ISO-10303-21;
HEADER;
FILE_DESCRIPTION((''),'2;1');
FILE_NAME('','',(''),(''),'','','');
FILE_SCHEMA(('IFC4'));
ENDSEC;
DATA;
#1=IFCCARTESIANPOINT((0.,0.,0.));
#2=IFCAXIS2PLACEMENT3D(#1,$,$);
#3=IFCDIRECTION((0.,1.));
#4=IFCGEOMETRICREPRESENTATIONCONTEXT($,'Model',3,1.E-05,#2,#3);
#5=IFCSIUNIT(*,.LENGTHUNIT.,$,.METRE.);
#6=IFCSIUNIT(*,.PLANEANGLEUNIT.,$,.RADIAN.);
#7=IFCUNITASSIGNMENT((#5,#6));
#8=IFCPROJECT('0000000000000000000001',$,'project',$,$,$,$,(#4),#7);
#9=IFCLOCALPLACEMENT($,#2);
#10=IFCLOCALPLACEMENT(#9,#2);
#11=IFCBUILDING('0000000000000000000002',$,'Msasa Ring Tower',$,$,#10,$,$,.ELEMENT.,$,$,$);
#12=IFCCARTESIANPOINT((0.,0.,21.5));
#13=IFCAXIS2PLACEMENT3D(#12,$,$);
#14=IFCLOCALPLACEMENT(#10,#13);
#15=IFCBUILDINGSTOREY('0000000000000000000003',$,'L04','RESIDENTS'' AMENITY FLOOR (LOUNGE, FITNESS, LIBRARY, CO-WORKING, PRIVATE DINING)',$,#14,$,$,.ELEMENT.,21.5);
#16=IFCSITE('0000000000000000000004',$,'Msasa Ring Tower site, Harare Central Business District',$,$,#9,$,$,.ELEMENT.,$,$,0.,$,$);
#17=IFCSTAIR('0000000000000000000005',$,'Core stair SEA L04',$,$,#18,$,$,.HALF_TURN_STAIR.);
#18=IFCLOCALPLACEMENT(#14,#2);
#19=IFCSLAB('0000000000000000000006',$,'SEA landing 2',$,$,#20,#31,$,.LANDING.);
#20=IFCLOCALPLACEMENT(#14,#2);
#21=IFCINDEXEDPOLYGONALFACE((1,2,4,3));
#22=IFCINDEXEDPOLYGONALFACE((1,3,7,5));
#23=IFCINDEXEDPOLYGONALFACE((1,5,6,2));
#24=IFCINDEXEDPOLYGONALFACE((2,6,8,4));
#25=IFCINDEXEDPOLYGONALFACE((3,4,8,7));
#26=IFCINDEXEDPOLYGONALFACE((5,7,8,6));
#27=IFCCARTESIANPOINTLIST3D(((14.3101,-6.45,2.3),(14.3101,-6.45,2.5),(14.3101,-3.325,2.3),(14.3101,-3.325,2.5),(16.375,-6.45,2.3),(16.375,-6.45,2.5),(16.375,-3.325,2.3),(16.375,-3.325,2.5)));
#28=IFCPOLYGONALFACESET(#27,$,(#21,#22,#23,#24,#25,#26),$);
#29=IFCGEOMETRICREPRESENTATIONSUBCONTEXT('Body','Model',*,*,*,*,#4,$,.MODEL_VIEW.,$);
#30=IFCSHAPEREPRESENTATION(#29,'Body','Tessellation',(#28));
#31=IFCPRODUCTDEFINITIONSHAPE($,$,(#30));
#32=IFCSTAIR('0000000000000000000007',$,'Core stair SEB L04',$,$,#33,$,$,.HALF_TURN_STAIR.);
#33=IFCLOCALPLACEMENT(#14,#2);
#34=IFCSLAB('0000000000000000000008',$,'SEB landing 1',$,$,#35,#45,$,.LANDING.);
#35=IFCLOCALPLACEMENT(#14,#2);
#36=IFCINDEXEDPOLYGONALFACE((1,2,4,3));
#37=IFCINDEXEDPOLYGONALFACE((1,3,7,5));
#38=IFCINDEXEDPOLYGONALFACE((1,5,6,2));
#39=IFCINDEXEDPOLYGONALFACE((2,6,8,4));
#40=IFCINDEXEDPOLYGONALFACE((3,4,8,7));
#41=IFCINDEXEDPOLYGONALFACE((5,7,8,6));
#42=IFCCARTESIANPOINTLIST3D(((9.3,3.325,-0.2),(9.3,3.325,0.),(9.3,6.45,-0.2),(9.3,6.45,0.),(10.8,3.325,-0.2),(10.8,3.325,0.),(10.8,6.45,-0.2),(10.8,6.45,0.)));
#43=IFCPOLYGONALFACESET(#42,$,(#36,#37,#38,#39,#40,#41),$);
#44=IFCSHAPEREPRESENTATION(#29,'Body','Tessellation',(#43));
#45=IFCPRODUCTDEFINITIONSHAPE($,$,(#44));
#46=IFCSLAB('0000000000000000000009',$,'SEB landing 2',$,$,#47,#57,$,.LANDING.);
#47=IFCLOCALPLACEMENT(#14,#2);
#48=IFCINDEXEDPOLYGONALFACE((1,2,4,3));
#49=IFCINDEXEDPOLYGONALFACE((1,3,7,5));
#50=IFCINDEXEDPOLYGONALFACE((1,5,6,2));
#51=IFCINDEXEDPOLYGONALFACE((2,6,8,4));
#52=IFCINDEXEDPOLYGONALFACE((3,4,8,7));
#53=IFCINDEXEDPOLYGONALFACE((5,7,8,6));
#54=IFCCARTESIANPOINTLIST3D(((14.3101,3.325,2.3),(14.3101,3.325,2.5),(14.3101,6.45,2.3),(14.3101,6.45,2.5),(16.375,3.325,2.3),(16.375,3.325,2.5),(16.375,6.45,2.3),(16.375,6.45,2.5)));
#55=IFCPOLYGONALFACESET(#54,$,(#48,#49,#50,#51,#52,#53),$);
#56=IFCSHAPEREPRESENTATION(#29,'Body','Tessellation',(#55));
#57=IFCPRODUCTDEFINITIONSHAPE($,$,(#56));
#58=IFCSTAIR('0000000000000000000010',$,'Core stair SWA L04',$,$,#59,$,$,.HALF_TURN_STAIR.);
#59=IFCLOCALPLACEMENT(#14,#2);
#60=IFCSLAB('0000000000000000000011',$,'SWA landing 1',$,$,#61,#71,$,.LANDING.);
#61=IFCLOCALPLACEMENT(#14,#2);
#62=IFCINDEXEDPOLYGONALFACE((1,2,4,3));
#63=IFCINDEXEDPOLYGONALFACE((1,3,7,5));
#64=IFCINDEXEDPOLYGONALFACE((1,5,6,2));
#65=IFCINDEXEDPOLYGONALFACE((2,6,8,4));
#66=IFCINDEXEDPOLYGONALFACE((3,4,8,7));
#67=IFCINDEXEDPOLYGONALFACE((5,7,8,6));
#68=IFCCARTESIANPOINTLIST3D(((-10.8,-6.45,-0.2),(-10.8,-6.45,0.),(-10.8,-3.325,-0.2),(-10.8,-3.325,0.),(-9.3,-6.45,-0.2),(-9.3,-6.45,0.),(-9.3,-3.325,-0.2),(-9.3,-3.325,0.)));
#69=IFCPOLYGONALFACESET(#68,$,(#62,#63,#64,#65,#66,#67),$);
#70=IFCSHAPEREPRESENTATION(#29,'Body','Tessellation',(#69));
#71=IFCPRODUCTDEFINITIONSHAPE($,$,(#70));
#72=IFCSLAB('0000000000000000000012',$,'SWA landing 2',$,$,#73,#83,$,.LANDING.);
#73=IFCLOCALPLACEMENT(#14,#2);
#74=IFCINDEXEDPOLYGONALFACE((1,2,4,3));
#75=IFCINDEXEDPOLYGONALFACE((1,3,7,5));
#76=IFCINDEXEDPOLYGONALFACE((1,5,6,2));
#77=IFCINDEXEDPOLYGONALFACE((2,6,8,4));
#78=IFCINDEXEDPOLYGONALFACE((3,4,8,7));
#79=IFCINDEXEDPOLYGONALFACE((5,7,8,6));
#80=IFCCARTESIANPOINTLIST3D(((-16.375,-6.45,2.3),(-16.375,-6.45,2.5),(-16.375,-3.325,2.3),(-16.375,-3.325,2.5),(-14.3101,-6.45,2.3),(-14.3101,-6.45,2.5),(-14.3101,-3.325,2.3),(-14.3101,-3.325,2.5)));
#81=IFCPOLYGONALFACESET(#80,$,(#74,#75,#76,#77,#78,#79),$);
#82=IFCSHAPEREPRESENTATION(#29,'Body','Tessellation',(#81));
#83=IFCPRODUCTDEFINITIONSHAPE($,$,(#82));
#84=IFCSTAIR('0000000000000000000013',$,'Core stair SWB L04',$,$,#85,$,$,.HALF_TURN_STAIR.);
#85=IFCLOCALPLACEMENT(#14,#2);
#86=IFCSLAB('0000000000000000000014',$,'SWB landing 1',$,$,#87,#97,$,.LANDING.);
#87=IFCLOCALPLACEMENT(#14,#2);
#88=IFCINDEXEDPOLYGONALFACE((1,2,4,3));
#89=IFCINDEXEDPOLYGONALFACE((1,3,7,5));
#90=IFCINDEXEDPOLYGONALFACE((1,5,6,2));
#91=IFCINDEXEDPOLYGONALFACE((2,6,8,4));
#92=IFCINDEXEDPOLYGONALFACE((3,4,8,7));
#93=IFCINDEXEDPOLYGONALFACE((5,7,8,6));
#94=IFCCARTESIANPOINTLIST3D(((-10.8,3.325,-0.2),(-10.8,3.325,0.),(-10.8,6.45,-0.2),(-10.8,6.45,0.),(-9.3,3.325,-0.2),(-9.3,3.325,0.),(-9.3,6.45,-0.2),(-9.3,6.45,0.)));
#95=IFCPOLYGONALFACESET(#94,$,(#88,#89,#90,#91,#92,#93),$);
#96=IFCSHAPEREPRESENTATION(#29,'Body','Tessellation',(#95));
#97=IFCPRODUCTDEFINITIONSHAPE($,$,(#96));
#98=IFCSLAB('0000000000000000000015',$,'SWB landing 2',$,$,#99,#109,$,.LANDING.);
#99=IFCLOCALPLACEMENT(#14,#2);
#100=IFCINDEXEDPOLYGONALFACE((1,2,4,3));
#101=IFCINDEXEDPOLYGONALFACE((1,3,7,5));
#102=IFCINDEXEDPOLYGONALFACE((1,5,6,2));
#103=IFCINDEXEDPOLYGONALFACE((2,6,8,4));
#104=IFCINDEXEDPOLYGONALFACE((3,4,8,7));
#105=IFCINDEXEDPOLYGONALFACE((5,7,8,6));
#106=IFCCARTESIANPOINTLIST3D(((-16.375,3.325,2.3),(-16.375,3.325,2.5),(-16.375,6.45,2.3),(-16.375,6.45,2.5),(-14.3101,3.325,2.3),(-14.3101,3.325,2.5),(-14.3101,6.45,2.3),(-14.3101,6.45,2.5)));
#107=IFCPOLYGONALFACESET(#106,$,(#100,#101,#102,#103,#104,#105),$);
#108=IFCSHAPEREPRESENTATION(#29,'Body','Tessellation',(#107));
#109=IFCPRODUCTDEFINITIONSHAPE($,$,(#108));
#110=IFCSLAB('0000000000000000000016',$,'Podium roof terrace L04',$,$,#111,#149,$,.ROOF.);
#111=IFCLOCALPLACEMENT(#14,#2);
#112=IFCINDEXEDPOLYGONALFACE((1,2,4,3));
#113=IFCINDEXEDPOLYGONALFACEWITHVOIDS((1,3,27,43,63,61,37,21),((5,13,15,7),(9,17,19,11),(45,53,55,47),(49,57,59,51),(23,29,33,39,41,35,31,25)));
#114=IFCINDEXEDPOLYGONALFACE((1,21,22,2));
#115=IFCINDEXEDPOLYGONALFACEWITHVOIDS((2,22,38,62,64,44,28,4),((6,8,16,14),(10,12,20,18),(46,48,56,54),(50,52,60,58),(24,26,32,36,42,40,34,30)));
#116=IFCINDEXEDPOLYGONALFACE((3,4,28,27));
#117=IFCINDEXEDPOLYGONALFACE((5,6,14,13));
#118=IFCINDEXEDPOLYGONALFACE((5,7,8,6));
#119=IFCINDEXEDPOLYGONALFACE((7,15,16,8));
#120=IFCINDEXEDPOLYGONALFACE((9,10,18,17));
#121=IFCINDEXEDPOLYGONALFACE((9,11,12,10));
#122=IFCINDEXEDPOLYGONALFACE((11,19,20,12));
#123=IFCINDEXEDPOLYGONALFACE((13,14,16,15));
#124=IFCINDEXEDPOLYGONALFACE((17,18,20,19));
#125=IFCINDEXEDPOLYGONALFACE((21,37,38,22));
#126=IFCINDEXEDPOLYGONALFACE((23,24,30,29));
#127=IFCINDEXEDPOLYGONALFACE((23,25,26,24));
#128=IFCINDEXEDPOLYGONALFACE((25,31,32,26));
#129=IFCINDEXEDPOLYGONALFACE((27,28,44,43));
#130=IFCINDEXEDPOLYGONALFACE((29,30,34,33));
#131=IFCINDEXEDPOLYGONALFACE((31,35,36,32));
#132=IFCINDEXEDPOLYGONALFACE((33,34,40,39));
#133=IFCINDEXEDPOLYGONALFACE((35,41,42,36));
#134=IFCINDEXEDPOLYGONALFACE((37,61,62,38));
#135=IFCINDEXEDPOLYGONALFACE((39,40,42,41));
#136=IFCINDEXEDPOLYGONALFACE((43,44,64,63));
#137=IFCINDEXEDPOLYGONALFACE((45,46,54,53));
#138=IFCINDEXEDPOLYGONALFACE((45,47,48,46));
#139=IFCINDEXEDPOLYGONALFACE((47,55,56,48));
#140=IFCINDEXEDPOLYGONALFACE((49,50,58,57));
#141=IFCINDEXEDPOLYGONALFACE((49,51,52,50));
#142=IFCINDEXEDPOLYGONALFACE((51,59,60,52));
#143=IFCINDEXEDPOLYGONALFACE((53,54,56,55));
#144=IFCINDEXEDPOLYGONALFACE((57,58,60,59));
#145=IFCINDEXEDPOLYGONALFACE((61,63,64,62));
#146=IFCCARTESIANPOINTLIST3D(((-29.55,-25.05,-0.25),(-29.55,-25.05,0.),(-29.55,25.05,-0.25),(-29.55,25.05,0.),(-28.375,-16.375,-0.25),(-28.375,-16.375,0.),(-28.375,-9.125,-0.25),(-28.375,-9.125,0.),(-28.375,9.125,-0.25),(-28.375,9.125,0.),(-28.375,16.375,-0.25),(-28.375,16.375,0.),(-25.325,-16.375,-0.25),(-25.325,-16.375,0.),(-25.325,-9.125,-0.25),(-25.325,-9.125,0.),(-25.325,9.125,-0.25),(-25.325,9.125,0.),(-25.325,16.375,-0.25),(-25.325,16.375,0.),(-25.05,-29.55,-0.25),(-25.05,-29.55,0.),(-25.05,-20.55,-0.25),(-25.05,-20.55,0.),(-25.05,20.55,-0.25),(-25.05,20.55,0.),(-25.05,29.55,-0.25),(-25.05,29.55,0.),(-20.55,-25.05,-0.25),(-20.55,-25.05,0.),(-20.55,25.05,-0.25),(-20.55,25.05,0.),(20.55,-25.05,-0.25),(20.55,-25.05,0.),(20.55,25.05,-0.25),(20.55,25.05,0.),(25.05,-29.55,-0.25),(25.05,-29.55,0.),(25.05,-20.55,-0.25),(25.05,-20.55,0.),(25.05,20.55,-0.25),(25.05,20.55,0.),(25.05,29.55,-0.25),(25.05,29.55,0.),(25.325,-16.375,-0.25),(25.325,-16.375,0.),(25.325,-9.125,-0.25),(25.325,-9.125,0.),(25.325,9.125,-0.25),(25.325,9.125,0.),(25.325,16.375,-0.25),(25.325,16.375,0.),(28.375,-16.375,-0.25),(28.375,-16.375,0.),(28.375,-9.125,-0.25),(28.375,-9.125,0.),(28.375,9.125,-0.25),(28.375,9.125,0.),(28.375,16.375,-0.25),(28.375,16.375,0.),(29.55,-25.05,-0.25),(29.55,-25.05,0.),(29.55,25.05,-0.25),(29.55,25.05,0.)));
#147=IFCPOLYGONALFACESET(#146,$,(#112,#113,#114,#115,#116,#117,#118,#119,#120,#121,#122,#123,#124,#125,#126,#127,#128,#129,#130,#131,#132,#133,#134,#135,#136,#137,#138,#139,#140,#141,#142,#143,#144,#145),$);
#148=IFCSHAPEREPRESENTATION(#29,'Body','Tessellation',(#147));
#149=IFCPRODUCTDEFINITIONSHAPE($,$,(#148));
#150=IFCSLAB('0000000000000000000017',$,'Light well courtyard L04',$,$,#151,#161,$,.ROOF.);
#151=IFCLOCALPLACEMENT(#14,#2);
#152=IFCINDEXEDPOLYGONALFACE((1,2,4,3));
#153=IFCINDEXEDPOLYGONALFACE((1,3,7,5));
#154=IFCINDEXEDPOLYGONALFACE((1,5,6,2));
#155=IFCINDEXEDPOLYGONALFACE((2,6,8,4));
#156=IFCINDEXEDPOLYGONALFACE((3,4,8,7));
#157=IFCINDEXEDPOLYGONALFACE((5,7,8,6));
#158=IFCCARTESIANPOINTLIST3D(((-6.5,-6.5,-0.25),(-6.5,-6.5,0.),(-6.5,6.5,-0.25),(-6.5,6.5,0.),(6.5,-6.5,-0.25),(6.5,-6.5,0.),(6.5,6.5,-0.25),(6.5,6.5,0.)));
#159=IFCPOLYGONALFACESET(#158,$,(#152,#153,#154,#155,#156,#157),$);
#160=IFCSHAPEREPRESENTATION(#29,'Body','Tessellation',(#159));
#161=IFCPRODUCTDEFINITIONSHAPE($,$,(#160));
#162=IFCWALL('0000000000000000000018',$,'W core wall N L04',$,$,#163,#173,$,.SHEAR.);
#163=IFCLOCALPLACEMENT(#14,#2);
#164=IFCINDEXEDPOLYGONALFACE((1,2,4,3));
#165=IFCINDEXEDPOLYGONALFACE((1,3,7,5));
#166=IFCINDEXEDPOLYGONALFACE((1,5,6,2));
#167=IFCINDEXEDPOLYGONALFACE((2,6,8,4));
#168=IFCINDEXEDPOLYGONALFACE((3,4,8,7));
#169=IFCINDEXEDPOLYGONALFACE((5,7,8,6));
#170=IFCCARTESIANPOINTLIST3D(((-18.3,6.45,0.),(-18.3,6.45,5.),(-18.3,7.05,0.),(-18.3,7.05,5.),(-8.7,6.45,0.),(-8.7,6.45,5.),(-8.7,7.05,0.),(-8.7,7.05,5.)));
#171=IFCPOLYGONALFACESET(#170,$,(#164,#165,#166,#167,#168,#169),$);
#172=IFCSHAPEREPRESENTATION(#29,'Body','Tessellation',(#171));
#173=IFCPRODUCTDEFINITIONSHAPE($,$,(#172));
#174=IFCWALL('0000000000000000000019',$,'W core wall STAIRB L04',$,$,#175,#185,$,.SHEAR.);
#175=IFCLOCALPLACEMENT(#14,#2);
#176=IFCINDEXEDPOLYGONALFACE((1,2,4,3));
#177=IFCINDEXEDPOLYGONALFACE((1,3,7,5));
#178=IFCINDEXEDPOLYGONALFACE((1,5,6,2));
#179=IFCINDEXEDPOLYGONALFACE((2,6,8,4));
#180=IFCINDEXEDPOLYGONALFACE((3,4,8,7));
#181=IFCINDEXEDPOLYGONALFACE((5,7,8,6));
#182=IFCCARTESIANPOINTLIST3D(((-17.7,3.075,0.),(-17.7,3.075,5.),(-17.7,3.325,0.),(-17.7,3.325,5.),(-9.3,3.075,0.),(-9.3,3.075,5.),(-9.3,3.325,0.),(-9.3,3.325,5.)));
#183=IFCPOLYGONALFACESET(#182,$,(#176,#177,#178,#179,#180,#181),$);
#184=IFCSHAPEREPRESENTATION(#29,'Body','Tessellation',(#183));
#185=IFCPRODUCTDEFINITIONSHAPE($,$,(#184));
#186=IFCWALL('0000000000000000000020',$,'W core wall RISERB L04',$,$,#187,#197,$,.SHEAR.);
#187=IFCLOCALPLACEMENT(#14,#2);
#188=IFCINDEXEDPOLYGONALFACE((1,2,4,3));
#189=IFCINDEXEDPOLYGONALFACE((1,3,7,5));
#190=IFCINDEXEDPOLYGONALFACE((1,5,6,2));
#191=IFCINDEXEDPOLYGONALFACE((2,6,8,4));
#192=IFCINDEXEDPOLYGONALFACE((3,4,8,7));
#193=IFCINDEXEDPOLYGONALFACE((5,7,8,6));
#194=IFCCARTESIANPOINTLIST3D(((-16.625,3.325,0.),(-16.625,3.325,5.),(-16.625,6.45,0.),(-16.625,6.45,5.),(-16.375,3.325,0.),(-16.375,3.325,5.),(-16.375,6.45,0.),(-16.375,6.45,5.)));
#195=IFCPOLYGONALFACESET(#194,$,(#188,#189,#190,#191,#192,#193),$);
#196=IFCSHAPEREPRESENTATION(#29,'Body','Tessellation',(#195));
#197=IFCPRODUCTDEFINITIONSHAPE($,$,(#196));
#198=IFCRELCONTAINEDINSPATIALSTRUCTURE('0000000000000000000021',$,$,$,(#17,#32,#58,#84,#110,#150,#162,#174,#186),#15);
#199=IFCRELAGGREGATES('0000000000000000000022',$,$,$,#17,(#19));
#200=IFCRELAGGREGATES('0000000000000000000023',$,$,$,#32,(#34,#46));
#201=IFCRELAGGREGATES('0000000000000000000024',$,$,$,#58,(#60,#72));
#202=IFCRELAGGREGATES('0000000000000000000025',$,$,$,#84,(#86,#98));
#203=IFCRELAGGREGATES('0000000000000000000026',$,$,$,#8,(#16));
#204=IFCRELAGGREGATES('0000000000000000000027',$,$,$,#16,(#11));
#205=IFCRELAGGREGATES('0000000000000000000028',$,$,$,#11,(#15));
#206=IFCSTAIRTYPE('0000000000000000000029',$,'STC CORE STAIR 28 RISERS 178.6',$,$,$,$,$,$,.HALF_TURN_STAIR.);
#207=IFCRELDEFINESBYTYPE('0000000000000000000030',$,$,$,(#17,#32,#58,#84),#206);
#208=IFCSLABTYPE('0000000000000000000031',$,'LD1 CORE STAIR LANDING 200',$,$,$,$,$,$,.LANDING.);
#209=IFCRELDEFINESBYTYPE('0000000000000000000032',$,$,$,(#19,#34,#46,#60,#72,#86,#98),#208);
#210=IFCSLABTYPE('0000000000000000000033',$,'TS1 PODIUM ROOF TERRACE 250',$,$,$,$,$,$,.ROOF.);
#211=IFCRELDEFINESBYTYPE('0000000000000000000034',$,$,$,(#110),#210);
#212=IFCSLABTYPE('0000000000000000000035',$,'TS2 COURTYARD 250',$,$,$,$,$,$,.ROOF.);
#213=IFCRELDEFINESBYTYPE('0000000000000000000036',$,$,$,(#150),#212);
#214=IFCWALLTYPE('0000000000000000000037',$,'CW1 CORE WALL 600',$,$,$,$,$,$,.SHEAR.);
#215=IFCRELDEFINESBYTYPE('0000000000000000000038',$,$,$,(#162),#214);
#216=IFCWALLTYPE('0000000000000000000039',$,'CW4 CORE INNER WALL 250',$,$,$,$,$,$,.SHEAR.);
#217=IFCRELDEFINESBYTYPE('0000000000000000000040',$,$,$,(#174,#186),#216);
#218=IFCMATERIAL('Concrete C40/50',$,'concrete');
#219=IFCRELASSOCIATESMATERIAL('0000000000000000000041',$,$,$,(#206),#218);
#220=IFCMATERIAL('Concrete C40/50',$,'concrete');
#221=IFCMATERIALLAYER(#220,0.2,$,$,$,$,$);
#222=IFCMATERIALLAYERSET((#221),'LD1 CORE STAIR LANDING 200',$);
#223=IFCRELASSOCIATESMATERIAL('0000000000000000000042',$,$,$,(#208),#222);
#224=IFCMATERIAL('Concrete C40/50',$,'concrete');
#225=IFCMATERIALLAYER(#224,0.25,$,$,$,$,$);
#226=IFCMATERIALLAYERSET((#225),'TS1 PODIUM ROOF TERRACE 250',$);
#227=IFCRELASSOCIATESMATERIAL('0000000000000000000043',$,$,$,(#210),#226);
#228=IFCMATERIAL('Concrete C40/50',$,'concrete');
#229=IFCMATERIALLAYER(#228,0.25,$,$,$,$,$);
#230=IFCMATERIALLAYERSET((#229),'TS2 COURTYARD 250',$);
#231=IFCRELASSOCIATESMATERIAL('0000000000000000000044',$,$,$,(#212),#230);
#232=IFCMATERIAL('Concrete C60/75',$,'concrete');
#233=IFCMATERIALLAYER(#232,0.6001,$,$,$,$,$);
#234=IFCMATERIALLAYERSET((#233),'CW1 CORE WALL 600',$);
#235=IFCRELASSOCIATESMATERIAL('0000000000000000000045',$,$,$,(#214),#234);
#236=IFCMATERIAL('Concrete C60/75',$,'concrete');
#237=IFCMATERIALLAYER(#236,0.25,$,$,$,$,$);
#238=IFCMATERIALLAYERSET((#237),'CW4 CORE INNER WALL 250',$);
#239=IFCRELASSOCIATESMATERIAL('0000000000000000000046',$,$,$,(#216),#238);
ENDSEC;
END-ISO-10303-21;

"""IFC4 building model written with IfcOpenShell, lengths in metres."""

from ifc_helpers import new_model, si_unit, direction, frame, frame_2d, origin, place, context, subcontext, project, spatial, polyline, rectangle, outline, extrude, material, layer, layer_set, type_object, element, aggregate, save


model = new_model("IFC4")

# Units and contexts
model_context = context("Model", 3, precision=1e-05, world=origin(), true_north=direction((0.0, 1.0)))
body_context = subcontext(model_context, "Body", "Model", "MODEL_VIEW")
ifc_project = project(units=[si_unit("LENGTHUNIT", "METRE"), si_unit("PLANEANGLEUNIT", "RADIAN")], contexts=[model_context])

# Site, building, storey
site_placement = place(None, origin())
site = spatial("IfcSite", under=ifc_project, at=site_placement, Name="Msasa Ring Tower site, Harare Central Business District", CompositionType="ELEMENT", RefElevation=0.0)
building_placement = place(site_placement, origin())
building = spatial("IfcBuilding", under=site, at=building_placement, Name="Msasa Ring Tower", CompositionType="ELEMENT")
storey_placement = place(building_placement, frame((0.0, 0.0, 21.5)))
storey = spatial("IfcBuildingStorey", under=building, at=storey_placement, Name="L04", Description="RESIDENTS' AMENITY FLOOR (LOUNGE, FITNESS, LIBRARY, CO-WORKING, PRIVATE DINING)", CompositionType="ELEMENT", Elevation=21.5)

# Stairs, slabs
ifc_material_1 = material(Name="Concrete C40/50", Category="concrete")
stair_type = type_object("IfcStairType", Name="STC CORE STAIR 28 RISERS 178.6", PredefinedType="HALF_TURN_STAIR", material=ifc_material_1)
stair_1_placement = place(storey_placement, origin())
stair_1 = element("IfcStair", 1, at=stair_1_placement, inside=storey, type_object=stair_type, Name="Core stair SEA L04", PredefinedType="HALF_TURN_STAIR")
ifc_material_2 = material(Name="Concrete C40/50", Category="concrete")
ifc_layer_1 = layer(ifc_material_2, 0.2)
ifc_layer_set_1 = layer_set([ifc_layer_1], Name="LD1 CORE STAIR LANDING 200")
slab_type_1 = type_object("IfcSlabType", Name="LD1 CORE STAIR LANDING 200", PredefinedType="LANDING", material=ifc_layer_set_1)
slab_1_placement = place(storey_placement, frame((0.0, 0.0, 2.3)))
slab_1 = element("IfcSlab", 2, at=slab_1_placement, type_object=slab_type_1, Name="SEA landing 2", PredefinedType="LANDING", context=body_context, shape_type="SweptSolid", body=[
    extrude(outline(polyline([(14.3101, -6.45), (16.375, -6.45), (16.375, -3.325), (14.3101, -3.325), (14.3101, -6.45)])), origin(), (0.0, 0.0, 1.0), 0.2),
])
aggregate(stair_1, [slab_1])
stair_2_placement = place(storey_placement, origin())
stair_2 = element("IfcStair", 3, at=stair_2_placement, inside=storey, type_object=stair_type, Name="Core stair SEB L04", PredefinedType="HALF_TURN_STAIR")
slab_2_placement = place(storey_placement, frame((0.0, 0.0, -0.2)))
slab_2 = element("IfcSlab", 4, at=slab_2_placement, type_object=slab_type_1, Name="SEB landing 1", PredefinedType="LANDING", context=body_context, shape_type="SweptSolid", body=[
    extrude(outline(polyline([(9.3, 3.325), (10.8, 3.325), (10.8, 6.45), (9.3, 6.45), (9.3, 3.325)])), origin(), (0.0, 0.0, 1.0), 0.2),
])
slab_3_placement = place(storey_placement, frame((0.0, 0.0, 2.3)))
slab_3 = element("IfcSlab", 5, at=slab_3_placement, type_object=slab_type_1, Name="SEB landing 2", PredefinedType="LANDING", context=body_context, shape_type="SweptSolid", body=[
    extrude(outline(polyline([(14.3101, 3.325), (16.375, 3.325), (16.375, 6.45), (14.3101, 6.45), (14.3101, 3.325)])), origin(), (0.0, 0.0, 1.0), 0.2),
])
aggregate(stair_2, [slab_2, slab_3])
stair_3_placement = place(storey_placement, origin())
stair_3 = element("IfcStair", 6, at=stair_3_placement, inside=storey, type_object=stair_type, Name="Core stair SWA L04", PredefinedType="HALF_TURN_STAIR")
slab_4_placement = place(storey_placement, frame((0.0, 0.0, -0.2)))
slab_4 = element("IfcSlab", 7, at=slab_4_placement, type_object=slab_type_1, Name="SWA landing 1", PredefinedType="LANDING", context=body_context, shape_type="SweptSolid", body=[
    extrude(outline(polyline([(-10.8, -6.45), (-9.3, -6.45), (-9.3, -3.325), (-10.8, -3.325), (-10.8, -6.45)])), origin(), (0.0, 0.0, 1.0), 0.2),
])
slab_5_placement = place(storey_placement, frame((0.0, 0.0, 2.3)))
slab_5 = element("IfcSlab", 8, at=slab_5_placement, type_object=slab_type_1, Name="SWA landing 2", PredefinedType="LANDING", context=body_context, shape_type="SweptSolid", body=[
    extrude(outline(polyline([(-16.375, -6.45), (-14.3101, -6.45), (-14.3101, -3.325), (-16.375, -3.325), (-16.375, -6.45)])), origin(), (0.0, 0.0, 1.0), 0.2),
])
aggregate(stair_3, [slab_4, slab_5])
stair_4_placement = place(storey_placement, origin())
stair_4 = element("IfcStair", 9, at=stair_4_placement, inside=storey, type_object=stair_type, Name="Core stair SWB L04", PredefinedType="HALF_TURN_STAIR")
slab_6_placement = place(storey_placement, frame((0.0, 0.0, -0.2)))
slab_6 = element("IfcSlab", 10, at=slab_6_placement, type_object=slab_type_1, Name="SWB landing 1", PredefinedType="LANDING", context=body_context, shape_type="SweptSolid", body=[
    extrude(outline(polyline([(-10.8, 3.325), (-9.3, 3.325), (-9.3, 6.45), (-10.8, 6.45), (-10.8, 3.325)])), origin(), (0.0, 0.0, 1.0), 0.2),
])
slab_7_placement = place(storey_placement, frame((0.0, 0.0, 2.3)))
slab_7 = element("IfcSlab", 11, at=slab_7_placement, type_object=slab_type_1, Name="SWB landing 2", PredefinedType="LANDING", context=body_context, shape_type="SweptSolid", body=[
    extrude(outline(polyline([(-16.375, 3.325), (-14.3101, 3.325), (-14.3101, 6.45), (-16.375, 6.45), (-16.375, 3.325)])), origin(), (0.0, 0.0, 1.0), 0.2),
])

# Slabs
ifc_material_3 = material(Name="Concrete C40/50", Category="concrete")
ifc_layer_2 = layer(ifc_material_3, 0.25)
ifc_layer_set_2 = layer_set([ifc_layer_2], Name="TS1 PODIUM ROOF TERRACE 250")
slab_type_2 = type_object("IfcSlabType", Name="TS1 PODIUM ROOF TERRACE 250", PredefinedType="ROOF", material=ifc_layer_set_2)
slab_8_placement = place(storey_placement, frame((0.0, 0.0, -0.25)))
element("IfcSlab", 12, at=slab_8_placement, inside=storey, type_object=slab_type_2, Name="Podium roof terrace L04", PredefinedType="ROOF", context=body_context, shape_type="SweptSolid", body=[
    extrude(outline(polyline([(-25.05, -29.55), (25.05, -29.55), (29.55, -25.05), (29.55, 25.05), (25.05, 29.55), (-25.05, 29.55), (-29.55, 25.05), (-29.55, -25.05), (-25.05, -29.55)]), holes=[polyline([(-20.55, -25.05), (20.55, -25.05), (25.05, -20.55), (25.05, 20.55), (20.55, 25.05), (-20.55, 25.05), (-25.05, 20.55), (-25.05, -20.55), (-20.55, -25.05)]), polyline([(25.325, 9.125), (28.375, 9.125), (28.375, 16.375), (25.325, 16.375), (25.325, 9.125)]), polyline([(25.325, -16.375), (28.375, -16.375), (28.375, -9.125), (25.325, -9.125), (25.325, -16.375)]), polyline([(-28.375, 9.125), (-25.325, 9.125), (-25.325, 16.375), (-28.375, 16.375), (-28.375, 9.125)]), polyline([(-28.375, -16.375), (-25.325, -16.375), (-25.325, -9.125), (-28.375, -9.125), (-28.375, -16.375)])]), origin(), (0.0, 0.0, 1.0), 0.25),
])
ifc_material_4 = material(Name="Concrete C40/50", Category="concrete")
ifc_layer_3 = layer(ifc_material_4, 0.25)
ifc_layer_set_3 = layer_set([ifc_layer_3], Name="TS2 COURTYARD 250")
slab_type_3 = type_object("IfcSlabType", Name="TS2 COURTYARD 250", PredefinedType="ROOF", material=ifc_layer_set_3)
slab_9_placement = place(storey_placement, frame((0.0, 0.0, -0.25)))
element("IfcSlab", 13, at=slab_9_placement, inside=storey, type_object=slab_type_3, Name="Light well courtyard L04", PredefinedType="ROOF", context=body_context, shape_type="SweptSolid", body=[
    extrude(outline(polyline([(-6.5, -6.5), (6.5, -6.5), (6.5, 6.5), (-6.5, 6.5), (-6.5, -6.5)])), origin(), (0.0, 0.0, 1.0), 0.25),
])

# Walls
ifc_material_5 = material(Name="Concrete C60/75", Category="concrete")
ifc_layer_4 = layer(ifc_material_5, 0.6001)
ifc_layer_set_4 = layer_set([ifc_layer_4], Name="CW1 CORE WALL 600")
wall_type_1 = type_object("IfcWallType", Name="CW1 CORE WALL 600", PredefinedType="SHEAR", material=ifc_layer_set_4)
wall_1_placement = place(storey_placement, frame((-8.7, 6.75, 0.0), z_axis=(0.0, 0.0, 1.0), x_axis=(-1.0, 0.0, 0.0)))
element("IfcWall", 14, at=wall_1_placement, inside=storey, type_object=wall_type_1, Name="W core wall N L04", PredefinedType="SHEAR", context=body_context, shape_type="SweptSolid", body=[
    extrude(rectangle(XDim=9.6001, YDim=0.6001, at=frame_2d((4.8, 0.0))), origin(), (0.0, 0.0, 1.0), 5.0),
])
ifc_material_6 = material(Name="Concrete C60/75", Category="concrete")
ifc_layer_5 = layer(ifc_material_6, 0.25)
ifc_layer_set_5 = layer_set([ifc_layer_5], Name="CW4 CORE INNER WALL 250")
wall_type_2 = type_object("IfcWallType", Name="CW4 CORE INNER WALL 250", PredefinedType="SHEAR", material=ifc_layer_set_5)
wall_2_placement = place(storey_placement, frame((-9.3, 3.2, 0.0), z_axis=(0.0, 0.0, 1.0), x_axis=(-1.0, 0.0, 0.0)))
element("IfcWall", 15, at=wall_2_placement, inside=storey, type_object=wall_type_2, Name="W core wall STAIRB L04", PredefinedType="SHEAR", context=body_context, shape_type="SweptSolid", body=[
    extrude(rectangle(XDim=8.3999, YDim=0.25, at=frame_2d((4.2, 0.0))), origin(), (0.0, 0.0, 1.0), 5.0),
])
wall_3_placement = place(storey_placement, frame((-16.5, 3.325, 0.0), z_axis=(0.0, 0.0, 1.0), x_axis=(0.0, 1.0, 0.0)))
element("IfcWall", 16, at=wall_3_placement, inside=storey, type_object=wall_type_2, Name="W core wall RISERB L04", PredefinedType="SHEAR", context=body_context, shape_type="SweptSolid", body=[
    extrude(rectangle(XDim=3.125, YDim=0.25, at=frame_2d((1.5625, 0.0))), origin(), (0.0, 0.0, 1.0), 5.0),
])

aggregate(stair_4, [slab_6, slab_7])

save(model, "model.ifc")
